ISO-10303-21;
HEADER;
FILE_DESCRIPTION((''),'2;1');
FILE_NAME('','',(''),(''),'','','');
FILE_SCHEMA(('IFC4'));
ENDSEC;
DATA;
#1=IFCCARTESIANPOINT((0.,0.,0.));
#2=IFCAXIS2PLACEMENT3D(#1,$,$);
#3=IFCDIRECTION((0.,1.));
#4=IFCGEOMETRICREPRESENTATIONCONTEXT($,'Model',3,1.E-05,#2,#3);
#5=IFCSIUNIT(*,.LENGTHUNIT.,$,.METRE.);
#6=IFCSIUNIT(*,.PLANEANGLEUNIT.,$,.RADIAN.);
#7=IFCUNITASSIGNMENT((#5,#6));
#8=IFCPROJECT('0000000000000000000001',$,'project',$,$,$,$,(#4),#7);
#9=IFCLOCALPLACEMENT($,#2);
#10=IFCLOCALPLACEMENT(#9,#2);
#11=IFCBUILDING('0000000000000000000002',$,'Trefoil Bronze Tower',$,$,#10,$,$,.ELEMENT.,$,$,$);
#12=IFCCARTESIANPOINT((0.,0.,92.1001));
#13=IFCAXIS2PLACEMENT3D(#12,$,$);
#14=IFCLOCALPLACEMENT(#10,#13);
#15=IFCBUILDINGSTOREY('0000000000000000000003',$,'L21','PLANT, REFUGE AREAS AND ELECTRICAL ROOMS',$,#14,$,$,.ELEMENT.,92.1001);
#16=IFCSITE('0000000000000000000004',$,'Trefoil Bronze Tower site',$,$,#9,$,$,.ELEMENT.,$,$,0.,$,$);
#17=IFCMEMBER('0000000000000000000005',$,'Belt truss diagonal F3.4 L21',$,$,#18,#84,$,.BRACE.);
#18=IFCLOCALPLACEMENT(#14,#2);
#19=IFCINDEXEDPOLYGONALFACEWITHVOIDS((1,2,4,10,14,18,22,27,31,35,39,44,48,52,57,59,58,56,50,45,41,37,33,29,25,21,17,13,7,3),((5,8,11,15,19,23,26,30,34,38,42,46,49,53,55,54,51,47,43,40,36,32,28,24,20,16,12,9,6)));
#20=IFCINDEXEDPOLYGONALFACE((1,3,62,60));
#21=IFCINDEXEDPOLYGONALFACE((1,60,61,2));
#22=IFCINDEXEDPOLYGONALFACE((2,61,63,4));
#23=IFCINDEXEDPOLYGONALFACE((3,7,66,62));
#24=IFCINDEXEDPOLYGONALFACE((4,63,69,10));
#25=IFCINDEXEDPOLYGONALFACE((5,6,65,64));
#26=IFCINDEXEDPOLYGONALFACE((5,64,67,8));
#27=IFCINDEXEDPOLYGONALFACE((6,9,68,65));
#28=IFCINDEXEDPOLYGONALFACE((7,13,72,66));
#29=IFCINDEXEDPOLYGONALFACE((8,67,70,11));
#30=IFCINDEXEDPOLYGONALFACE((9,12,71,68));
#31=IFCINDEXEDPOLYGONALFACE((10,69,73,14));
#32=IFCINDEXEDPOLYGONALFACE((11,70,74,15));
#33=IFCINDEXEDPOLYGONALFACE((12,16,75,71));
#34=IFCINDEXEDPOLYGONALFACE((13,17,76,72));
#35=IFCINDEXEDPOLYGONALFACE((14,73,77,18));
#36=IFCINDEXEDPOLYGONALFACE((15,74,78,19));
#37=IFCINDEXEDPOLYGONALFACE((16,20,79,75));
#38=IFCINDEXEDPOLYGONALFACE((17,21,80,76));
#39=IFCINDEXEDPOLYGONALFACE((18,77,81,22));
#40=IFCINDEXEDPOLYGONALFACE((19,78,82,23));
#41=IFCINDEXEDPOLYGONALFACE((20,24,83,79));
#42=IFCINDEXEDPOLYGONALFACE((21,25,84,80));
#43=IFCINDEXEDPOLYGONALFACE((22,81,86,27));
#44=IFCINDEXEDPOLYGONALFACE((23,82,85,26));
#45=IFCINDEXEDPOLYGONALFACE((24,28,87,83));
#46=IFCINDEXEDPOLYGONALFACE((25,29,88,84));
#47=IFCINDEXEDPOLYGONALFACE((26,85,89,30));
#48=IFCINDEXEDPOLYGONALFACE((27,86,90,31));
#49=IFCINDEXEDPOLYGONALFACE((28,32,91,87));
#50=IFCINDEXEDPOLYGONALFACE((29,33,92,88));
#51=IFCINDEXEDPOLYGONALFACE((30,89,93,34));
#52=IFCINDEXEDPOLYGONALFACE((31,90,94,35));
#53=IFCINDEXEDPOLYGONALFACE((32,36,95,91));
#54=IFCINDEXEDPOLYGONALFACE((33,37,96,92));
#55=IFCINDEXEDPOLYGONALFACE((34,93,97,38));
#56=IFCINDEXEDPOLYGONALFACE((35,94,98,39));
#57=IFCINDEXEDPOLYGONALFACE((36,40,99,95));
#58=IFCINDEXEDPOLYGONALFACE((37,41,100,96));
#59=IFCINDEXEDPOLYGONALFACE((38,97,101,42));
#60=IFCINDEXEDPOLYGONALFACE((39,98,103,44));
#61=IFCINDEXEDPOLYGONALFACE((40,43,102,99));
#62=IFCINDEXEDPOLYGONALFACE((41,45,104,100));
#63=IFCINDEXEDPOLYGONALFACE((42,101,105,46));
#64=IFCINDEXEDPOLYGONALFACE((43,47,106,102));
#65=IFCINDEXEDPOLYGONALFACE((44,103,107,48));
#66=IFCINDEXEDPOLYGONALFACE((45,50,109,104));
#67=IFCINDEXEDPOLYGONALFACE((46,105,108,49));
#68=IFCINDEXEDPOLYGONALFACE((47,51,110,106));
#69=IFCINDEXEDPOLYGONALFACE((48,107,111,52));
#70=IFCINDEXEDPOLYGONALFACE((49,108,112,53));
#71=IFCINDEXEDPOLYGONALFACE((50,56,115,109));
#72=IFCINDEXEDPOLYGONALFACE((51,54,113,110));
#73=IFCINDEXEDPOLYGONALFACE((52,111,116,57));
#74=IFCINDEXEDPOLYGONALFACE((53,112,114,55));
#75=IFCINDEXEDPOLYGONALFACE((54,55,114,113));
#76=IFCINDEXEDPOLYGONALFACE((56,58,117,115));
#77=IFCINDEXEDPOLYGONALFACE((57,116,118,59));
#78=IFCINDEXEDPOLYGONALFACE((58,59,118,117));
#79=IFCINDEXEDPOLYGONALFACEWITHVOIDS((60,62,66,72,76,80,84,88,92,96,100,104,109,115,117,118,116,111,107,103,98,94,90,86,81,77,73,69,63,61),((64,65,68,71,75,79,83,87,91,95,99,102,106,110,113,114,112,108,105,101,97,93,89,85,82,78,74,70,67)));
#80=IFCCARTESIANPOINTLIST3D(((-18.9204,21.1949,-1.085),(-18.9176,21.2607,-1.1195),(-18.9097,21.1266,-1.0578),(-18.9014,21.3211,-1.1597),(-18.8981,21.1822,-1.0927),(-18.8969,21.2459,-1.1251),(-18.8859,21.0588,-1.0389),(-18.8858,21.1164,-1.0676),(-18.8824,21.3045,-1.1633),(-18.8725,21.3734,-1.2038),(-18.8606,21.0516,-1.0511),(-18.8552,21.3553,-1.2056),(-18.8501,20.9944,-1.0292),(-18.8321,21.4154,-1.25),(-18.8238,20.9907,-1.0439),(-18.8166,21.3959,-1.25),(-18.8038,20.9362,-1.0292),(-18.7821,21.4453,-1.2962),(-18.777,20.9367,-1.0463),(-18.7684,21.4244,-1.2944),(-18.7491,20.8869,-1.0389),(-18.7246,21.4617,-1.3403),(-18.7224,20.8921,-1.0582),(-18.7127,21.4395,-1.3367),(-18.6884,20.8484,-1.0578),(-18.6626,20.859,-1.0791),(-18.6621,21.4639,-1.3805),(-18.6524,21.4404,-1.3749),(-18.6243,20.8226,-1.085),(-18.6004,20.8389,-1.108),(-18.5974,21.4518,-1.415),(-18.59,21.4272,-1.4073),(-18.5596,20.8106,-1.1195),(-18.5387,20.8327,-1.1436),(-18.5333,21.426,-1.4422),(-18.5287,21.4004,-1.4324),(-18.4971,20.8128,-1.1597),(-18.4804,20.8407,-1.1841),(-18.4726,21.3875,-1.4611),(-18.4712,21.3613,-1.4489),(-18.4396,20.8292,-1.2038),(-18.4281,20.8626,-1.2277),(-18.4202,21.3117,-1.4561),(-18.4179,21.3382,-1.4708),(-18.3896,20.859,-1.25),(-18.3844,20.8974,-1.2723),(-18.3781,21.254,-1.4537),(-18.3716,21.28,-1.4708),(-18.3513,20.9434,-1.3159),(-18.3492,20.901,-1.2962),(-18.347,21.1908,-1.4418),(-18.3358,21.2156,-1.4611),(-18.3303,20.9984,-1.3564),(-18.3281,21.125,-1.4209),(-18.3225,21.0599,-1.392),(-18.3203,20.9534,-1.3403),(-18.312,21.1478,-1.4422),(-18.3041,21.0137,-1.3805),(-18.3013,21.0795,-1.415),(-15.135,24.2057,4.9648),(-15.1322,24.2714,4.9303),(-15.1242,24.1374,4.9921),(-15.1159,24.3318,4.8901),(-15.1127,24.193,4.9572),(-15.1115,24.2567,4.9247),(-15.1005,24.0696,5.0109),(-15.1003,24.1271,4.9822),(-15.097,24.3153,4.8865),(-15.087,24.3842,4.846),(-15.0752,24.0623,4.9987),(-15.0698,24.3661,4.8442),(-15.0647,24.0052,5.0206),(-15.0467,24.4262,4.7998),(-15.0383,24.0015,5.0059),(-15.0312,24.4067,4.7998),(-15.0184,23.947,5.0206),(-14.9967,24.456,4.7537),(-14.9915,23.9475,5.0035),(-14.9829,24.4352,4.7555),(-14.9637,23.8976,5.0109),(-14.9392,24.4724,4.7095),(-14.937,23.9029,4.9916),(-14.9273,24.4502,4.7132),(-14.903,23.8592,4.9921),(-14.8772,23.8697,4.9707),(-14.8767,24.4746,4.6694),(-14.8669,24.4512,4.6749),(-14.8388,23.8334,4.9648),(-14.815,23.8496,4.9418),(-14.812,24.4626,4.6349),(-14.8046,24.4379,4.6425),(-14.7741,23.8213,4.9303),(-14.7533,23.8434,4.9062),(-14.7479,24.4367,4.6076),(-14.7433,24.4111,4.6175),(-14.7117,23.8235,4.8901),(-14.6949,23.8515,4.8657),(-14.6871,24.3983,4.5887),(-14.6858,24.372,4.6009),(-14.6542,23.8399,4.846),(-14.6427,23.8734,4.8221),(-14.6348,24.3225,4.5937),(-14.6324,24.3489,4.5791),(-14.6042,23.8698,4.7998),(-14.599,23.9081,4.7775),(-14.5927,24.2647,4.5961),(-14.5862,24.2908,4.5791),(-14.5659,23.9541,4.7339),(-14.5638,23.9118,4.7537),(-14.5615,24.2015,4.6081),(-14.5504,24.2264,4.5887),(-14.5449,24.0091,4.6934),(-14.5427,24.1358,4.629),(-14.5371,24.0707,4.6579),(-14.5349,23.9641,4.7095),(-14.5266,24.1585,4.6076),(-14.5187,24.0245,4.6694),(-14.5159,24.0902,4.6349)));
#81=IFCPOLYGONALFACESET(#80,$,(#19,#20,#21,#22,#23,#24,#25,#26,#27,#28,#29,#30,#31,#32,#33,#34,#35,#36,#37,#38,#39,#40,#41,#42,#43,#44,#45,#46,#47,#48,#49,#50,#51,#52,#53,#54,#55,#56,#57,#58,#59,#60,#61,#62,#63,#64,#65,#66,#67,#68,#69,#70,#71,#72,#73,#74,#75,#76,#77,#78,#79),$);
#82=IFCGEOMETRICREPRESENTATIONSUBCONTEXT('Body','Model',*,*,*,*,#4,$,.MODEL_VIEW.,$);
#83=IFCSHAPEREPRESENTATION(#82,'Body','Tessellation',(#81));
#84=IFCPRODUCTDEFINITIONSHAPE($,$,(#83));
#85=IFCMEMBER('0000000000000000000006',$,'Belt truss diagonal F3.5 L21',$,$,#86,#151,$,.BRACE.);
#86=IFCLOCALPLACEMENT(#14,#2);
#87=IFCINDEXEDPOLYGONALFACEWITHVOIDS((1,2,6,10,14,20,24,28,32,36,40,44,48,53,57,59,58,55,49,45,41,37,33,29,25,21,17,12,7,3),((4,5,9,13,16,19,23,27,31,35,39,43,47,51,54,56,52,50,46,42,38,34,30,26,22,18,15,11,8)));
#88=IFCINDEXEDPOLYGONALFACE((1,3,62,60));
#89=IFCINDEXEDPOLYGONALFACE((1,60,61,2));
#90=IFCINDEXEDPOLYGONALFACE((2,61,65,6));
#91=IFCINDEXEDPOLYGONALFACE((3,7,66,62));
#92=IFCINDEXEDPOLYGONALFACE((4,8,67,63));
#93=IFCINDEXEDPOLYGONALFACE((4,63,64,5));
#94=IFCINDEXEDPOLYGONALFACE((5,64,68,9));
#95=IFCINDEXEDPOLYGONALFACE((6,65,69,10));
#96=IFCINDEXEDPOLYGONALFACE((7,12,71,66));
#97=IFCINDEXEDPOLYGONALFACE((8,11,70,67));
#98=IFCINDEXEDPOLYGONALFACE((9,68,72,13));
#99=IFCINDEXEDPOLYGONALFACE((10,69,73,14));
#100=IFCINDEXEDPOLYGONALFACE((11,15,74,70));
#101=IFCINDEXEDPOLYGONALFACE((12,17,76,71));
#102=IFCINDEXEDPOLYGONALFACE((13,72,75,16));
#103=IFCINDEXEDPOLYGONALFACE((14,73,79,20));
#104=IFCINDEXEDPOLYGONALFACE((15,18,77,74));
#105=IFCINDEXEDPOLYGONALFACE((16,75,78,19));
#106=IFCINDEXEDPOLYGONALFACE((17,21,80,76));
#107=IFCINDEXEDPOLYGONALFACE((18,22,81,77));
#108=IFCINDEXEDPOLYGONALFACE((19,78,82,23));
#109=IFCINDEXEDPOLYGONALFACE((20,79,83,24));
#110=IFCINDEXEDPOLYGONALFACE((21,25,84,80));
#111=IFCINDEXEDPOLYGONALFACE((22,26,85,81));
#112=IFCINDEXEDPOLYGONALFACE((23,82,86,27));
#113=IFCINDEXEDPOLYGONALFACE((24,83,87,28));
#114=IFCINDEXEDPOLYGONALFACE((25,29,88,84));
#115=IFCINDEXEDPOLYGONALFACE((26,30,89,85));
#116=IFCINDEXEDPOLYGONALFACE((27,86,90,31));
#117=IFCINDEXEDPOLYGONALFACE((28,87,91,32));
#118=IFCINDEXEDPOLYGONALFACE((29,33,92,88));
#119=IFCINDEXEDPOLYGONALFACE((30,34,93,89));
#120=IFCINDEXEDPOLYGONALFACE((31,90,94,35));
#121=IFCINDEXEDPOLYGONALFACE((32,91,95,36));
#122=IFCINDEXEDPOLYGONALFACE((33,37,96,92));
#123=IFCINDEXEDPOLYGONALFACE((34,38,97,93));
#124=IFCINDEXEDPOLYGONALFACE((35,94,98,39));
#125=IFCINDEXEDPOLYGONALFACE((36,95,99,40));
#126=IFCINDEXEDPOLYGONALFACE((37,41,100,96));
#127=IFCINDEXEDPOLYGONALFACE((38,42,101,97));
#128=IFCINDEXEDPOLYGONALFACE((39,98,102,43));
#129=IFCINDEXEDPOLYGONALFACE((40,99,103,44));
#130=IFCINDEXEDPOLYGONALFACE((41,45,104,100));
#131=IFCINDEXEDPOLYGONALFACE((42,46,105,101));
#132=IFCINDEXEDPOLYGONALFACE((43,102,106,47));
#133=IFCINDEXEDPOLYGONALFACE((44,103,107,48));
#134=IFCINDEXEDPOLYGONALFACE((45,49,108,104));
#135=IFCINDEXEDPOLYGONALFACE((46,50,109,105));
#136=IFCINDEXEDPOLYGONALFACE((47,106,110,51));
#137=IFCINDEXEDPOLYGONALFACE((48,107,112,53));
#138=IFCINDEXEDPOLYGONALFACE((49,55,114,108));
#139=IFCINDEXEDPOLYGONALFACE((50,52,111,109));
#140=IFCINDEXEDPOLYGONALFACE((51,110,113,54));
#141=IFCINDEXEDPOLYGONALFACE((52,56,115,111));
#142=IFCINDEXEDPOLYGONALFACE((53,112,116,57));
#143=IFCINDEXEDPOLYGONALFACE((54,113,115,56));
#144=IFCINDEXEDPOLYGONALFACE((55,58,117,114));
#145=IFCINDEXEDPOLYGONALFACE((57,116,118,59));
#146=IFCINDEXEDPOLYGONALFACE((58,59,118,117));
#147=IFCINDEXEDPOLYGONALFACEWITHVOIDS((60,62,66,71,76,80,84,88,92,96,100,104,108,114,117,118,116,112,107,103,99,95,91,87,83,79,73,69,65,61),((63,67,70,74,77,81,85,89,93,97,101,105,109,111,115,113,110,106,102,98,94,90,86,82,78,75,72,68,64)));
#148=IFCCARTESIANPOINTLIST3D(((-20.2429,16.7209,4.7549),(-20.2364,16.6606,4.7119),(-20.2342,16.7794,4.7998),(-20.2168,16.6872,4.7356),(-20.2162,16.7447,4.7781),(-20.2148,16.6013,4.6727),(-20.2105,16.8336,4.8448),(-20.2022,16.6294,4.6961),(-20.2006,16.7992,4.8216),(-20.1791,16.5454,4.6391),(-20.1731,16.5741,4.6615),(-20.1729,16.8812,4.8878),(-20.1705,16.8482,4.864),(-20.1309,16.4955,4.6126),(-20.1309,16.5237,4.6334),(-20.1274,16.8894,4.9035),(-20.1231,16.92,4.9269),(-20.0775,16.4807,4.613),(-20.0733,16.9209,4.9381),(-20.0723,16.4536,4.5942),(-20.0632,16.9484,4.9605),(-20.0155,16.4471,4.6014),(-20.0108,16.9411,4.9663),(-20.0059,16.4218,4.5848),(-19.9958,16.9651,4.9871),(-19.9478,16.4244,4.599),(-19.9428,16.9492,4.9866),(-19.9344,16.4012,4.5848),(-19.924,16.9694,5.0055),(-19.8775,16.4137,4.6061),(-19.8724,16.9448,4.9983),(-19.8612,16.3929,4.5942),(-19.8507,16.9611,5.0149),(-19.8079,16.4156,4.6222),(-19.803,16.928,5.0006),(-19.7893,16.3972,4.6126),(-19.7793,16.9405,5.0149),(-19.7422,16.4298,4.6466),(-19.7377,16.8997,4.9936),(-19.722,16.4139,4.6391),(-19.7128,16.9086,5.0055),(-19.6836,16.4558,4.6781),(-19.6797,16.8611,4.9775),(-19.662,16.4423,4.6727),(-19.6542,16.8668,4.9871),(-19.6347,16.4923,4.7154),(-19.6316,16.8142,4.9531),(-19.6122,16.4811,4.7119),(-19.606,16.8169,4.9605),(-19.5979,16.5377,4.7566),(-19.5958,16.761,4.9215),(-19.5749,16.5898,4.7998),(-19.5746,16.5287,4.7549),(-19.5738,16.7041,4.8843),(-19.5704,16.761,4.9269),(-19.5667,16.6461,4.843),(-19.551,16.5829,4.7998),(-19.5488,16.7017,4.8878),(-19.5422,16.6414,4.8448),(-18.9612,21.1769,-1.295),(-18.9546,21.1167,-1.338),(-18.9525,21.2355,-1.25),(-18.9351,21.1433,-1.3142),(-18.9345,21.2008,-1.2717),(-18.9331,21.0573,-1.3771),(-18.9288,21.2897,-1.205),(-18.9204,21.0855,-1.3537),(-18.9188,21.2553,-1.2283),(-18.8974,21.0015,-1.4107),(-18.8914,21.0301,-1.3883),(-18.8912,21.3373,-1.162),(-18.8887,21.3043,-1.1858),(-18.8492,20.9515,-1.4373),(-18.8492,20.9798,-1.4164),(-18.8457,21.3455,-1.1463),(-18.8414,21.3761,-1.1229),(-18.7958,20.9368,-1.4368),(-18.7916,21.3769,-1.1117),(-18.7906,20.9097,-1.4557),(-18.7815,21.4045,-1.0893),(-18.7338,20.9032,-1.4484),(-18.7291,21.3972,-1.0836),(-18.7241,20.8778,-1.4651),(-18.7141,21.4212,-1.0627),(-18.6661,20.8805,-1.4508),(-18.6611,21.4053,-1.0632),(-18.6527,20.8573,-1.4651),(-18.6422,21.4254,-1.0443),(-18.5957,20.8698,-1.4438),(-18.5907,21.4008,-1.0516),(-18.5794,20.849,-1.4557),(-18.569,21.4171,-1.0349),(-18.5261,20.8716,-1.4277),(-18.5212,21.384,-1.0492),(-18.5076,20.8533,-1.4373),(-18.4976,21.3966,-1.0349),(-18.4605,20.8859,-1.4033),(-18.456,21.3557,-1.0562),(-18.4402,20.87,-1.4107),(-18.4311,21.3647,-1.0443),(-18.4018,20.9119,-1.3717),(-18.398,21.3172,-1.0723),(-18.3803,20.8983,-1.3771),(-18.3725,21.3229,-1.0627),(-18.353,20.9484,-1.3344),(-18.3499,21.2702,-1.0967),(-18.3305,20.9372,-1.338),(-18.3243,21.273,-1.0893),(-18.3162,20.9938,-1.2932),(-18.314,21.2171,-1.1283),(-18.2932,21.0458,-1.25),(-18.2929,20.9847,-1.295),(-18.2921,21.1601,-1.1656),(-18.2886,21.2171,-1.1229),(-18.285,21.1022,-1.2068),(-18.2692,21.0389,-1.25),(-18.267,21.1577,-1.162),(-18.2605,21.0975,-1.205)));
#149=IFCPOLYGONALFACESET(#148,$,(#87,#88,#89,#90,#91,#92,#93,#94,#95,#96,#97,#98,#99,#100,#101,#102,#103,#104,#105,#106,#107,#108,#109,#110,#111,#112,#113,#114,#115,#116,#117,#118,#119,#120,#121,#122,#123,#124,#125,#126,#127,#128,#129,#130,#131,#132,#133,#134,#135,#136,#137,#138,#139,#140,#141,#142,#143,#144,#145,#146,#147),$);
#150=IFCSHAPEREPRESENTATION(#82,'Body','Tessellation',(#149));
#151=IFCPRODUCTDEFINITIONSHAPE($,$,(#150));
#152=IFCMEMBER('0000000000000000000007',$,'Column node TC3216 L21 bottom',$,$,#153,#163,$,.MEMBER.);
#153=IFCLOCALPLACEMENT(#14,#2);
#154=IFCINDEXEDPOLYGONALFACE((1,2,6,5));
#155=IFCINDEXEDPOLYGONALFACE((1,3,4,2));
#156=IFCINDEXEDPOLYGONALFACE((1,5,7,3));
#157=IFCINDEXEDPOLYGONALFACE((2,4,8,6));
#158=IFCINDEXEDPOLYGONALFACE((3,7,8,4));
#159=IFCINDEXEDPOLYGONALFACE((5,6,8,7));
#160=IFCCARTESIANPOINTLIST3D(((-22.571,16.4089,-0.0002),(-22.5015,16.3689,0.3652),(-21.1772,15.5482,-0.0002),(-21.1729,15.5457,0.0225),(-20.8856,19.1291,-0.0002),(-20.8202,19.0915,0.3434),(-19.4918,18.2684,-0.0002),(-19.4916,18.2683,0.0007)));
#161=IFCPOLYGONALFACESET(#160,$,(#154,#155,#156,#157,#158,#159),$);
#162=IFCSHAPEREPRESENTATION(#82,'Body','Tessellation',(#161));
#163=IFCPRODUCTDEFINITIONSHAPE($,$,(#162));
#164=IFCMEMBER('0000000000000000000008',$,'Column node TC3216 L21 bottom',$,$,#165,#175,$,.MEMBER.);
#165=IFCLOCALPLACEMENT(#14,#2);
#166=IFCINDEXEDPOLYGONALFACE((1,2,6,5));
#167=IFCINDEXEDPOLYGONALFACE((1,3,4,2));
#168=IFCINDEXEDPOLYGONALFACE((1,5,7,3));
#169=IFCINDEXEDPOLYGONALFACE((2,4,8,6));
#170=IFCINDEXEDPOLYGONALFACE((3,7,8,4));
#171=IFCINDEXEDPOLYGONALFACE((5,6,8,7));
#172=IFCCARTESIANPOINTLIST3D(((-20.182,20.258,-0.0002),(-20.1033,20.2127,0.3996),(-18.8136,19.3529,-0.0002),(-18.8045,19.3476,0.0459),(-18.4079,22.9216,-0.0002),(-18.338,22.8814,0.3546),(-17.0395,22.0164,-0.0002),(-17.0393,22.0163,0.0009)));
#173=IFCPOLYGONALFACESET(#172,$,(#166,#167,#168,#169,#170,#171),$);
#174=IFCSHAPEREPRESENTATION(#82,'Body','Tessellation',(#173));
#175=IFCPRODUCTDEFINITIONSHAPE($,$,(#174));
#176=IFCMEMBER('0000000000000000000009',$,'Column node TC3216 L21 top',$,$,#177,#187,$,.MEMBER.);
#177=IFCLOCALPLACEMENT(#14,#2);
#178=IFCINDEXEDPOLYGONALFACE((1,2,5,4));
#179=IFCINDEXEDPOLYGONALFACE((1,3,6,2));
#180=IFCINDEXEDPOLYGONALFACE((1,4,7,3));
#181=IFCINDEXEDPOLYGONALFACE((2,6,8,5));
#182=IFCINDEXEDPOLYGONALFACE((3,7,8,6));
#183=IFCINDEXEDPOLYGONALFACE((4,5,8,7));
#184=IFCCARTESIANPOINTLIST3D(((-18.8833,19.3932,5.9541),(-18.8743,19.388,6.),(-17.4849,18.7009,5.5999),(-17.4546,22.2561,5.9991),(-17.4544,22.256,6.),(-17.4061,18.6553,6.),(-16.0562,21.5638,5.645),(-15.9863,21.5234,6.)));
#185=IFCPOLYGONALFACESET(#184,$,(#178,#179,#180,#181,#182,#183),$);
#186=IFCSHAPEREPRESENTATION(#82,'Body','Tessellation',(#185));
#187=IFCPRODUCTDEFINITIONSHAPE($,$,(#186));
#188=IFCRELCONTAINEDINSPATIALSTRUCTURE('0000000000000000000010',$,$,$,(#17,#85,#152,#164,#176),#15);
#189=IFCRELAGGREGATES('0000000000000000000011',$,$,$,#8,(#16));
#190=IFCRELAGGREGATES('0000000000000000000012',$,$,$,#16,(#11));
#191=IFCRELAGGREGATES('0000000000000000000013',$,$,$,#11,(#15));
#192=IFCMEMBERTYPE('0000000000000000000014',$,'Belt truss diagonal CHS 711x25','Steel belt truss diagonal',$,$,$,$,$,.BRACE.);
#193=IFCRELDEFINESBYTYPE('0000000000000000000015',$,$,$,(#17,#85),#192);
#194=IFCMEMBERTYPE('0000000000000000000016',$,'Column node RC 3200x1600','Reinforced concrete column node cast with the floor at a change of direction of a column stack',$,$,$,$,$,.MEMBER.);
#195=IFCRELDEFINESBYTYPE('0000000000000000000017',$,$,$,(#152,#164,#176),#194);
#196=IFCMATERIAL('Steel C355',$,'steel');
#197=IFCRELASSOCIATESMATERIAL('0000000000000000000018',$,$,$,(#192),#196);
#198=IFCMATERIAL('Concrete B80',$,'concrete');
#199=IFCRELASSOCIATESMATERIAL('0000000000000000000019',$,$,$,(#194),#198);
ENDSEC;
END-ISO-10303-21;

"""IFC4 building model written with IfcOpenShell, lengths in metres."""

from ifc_helpers import new_model, si_unit, direction, frame, origin, origin_2d, place, context, subcontext, project, spatial, rectangle, hollow_circle, extrude, clip, halfspace, material, material_profile, profile_set, type_object, element, save


model = new_model("IFC4")

# Units and contexts
model_context = context("Model", 3, precision=1e-05, world=origin(), true_north=direction((0.0, 1.0)))
body_context = subcontext(model_context, "Body", "Model", "MODEL_VIEW")
ifc_project = project(units=[si_unit("LENGTHUNIT", "METRE"), si_unit("PLANEANGLEUNIT", "RADIAN")], contexts=[model_context])

# Site, building, storey
site_placement = place(None, origin())
site = spatial("IfcSite", under=ifc_project, at=site_placement, Name="Trefoil Bronze Tower site", CompositionType="ELEMENT", RefElevation=0.0)
building_placement = place(site_placement, origin())
building = spatial("IfcBuilding", under=site, at=building_placement, Name="Trefoil Bronze Tower", CompositionType="ELEMENT")
storey_placement = place(building_placement, frame((0.0, 0.0, 92.1001)))
storey = spatial("IfcBuildingStorey", under=building, at=storey_placement, Name="L21", Description="PLANT, REFUGE AREAS AND ELECTRICAL ROOMS", CompositionType="ELEMENT", Elevation=92.1001)

# Members
ifc_material_1 = material(Name="Steel C355", Category="steel")
ifc_material_profile_1 = material_profile(ifc_material_1, hollow_circle(Radius=0.3555, WallThickness=0.0249, at=origin_2d()), Name="CHS 711x25")
ifc_profile_set_1 = profile_set([ifc_material_profile_1], Name="Steel C355")
member_type_1 = type_object("IfcMemberType", Name="Belt truss diagonal CHS 711x25", Description="Steel belt truss diagonal", PredefinedType="BRACE", material=ifc_profile_set_1)
member_1_placement = place(storey_placement, frame((-18.6108, 21.1372, -1.25), z_axis=(0.488718, 0.388705, 0.781066), x_axis=(-0.622476, 0.782638, 0.0)))
element("IfcMember", 1, at=member_1_placement, inside=storey, type_object=member_type_1, Name="Belt truss diagonal F3.4 L21", PredefinedType="BRACE", context=body_context, shape_type="SweptSolid", body=[
    extrude(hollow_circle(Radius=0.3555, WallThickness=0.0249, at=origin_2d()), origin(), (0.0, 0.0, 1.0), 7.7456),
])
member_2_placement = place(storey_placement, frame((-18.6108, 21.1372, -1.25), z_axis=(-0.168156, -0.584608, 0.793698), x_axis=(0.961034, -0.276431, 0.0)))
element("IfcMember", 2, at=member_2_placement, inside=storey, type_object=member_type_1, Name="Belt truss diagonal F3.5 L21", PredefinedType="BRACE", context=body_context, shape_type="SweptSolid", body=[
    extrude(hollow_circle(Radius=0.3555, WallThickness=0.0249, at=origin_2d()), origin(), (0.0, 0.0, 1.0), 7.6223),
])
ifc_material_2 = material(Name="Concrete B80", Category="concrete")
ifc_material_profile_2 = material_profile(ifc_material_2, rectangle(XDim=3.2, YDim=1.6001, at=origin_2d()), Name="RC 3200x1600")
ifc_profile_set_2 = profile_set([ifc_material_profile_2], Name="Concrete B80")
member_type_2 = type_object("IfcMemberType", Name="Column node RC 3200x1600", Description="Reinforced concrete column node cast with the floor at a change of direction of a column stack", PredefinedType="MEMBER", material=ifc_profile_set_2)
member_3_placement = place(storey_placement, frame((-21.0662, 17.3586, -0.1831), z_axis=(0.185711, -0.106865, 0.976776), x_axis=(-0.525411, -0.850821, 0.00681)))
element("IfcMember", 3, at=member_3_placement, inside=storey, type_object=member_type_2, Name="Column node TC3216 L21 bottom", PredefinedType="MEMBER", context=body_context, shape_type="Clipping", body=[
    clip(extrude(rectangle(XDim=3.2, YDim=1.6001, at=origin_2d()), origin(), (0.0, 0.0, 1.0), 0.3748), halfspace(frame((0.0, 0.0, 0.1873), z_axis=(0.00681, -0.214155, 0.976776), x_axis=(0.0, 0.976799, 0.21416)), True)),
])
member_4_placement = place(storey_placement, frame((-18.6501, 21.1599, -0.2004), z_axis=(0.191942, -0.11053, 0.975162), x_axis=(-0.551648, -0.833959, 0.014056)))
element("IfcMember", 4, at=member_4_placement, inside=storey, type_object=member_type_2, Name="Column node TC3216 L21 bottom", PredefinedType="MEMBER", context=body_context, shape_type="Clipping", body=[
    clip(extrude(rectangle(XDim=3.2, YDim=1.6001, at=origin_2d()), origin(), (0.0, 0.0, 1.0), 0.4109), halfspace(frame((0.0, 0.0, 0.2053), z_axis=(0.014056, -0.221046, 0.975162), x_axis=(0.0, 0.975258, 0.221068)), True)),
])
member_5_placement = place(storey_placement, frame((-17.3909, 20.4329, 6.2002), z_axis=(-0.19193, 0.111117, -0.975098), x_axis=(0.446473, 0.894686, 0.014074)))
element("IfcMember", 5, at=member_5_placement, inside=storey, type_object=member_type_2, Name="Column node TC3216 L21 top", PredefinedType="MEMBER", context=body_context, shape_type="Clipping", body=[
    clip(extrude(rectangle(XDim=3.2, YDim=1.6001, at=origin_2d()), origin(), (0.0, 0.0, 1.0), 0.4109), halfspace(frame((0.0, 0.0, 0.2053), z_axis=(-0.014074, 0.221328, 0.975098), x_axis=(0.0, 0.975195, -0.22135)), True)),
])

save(model, "model.ifc")
